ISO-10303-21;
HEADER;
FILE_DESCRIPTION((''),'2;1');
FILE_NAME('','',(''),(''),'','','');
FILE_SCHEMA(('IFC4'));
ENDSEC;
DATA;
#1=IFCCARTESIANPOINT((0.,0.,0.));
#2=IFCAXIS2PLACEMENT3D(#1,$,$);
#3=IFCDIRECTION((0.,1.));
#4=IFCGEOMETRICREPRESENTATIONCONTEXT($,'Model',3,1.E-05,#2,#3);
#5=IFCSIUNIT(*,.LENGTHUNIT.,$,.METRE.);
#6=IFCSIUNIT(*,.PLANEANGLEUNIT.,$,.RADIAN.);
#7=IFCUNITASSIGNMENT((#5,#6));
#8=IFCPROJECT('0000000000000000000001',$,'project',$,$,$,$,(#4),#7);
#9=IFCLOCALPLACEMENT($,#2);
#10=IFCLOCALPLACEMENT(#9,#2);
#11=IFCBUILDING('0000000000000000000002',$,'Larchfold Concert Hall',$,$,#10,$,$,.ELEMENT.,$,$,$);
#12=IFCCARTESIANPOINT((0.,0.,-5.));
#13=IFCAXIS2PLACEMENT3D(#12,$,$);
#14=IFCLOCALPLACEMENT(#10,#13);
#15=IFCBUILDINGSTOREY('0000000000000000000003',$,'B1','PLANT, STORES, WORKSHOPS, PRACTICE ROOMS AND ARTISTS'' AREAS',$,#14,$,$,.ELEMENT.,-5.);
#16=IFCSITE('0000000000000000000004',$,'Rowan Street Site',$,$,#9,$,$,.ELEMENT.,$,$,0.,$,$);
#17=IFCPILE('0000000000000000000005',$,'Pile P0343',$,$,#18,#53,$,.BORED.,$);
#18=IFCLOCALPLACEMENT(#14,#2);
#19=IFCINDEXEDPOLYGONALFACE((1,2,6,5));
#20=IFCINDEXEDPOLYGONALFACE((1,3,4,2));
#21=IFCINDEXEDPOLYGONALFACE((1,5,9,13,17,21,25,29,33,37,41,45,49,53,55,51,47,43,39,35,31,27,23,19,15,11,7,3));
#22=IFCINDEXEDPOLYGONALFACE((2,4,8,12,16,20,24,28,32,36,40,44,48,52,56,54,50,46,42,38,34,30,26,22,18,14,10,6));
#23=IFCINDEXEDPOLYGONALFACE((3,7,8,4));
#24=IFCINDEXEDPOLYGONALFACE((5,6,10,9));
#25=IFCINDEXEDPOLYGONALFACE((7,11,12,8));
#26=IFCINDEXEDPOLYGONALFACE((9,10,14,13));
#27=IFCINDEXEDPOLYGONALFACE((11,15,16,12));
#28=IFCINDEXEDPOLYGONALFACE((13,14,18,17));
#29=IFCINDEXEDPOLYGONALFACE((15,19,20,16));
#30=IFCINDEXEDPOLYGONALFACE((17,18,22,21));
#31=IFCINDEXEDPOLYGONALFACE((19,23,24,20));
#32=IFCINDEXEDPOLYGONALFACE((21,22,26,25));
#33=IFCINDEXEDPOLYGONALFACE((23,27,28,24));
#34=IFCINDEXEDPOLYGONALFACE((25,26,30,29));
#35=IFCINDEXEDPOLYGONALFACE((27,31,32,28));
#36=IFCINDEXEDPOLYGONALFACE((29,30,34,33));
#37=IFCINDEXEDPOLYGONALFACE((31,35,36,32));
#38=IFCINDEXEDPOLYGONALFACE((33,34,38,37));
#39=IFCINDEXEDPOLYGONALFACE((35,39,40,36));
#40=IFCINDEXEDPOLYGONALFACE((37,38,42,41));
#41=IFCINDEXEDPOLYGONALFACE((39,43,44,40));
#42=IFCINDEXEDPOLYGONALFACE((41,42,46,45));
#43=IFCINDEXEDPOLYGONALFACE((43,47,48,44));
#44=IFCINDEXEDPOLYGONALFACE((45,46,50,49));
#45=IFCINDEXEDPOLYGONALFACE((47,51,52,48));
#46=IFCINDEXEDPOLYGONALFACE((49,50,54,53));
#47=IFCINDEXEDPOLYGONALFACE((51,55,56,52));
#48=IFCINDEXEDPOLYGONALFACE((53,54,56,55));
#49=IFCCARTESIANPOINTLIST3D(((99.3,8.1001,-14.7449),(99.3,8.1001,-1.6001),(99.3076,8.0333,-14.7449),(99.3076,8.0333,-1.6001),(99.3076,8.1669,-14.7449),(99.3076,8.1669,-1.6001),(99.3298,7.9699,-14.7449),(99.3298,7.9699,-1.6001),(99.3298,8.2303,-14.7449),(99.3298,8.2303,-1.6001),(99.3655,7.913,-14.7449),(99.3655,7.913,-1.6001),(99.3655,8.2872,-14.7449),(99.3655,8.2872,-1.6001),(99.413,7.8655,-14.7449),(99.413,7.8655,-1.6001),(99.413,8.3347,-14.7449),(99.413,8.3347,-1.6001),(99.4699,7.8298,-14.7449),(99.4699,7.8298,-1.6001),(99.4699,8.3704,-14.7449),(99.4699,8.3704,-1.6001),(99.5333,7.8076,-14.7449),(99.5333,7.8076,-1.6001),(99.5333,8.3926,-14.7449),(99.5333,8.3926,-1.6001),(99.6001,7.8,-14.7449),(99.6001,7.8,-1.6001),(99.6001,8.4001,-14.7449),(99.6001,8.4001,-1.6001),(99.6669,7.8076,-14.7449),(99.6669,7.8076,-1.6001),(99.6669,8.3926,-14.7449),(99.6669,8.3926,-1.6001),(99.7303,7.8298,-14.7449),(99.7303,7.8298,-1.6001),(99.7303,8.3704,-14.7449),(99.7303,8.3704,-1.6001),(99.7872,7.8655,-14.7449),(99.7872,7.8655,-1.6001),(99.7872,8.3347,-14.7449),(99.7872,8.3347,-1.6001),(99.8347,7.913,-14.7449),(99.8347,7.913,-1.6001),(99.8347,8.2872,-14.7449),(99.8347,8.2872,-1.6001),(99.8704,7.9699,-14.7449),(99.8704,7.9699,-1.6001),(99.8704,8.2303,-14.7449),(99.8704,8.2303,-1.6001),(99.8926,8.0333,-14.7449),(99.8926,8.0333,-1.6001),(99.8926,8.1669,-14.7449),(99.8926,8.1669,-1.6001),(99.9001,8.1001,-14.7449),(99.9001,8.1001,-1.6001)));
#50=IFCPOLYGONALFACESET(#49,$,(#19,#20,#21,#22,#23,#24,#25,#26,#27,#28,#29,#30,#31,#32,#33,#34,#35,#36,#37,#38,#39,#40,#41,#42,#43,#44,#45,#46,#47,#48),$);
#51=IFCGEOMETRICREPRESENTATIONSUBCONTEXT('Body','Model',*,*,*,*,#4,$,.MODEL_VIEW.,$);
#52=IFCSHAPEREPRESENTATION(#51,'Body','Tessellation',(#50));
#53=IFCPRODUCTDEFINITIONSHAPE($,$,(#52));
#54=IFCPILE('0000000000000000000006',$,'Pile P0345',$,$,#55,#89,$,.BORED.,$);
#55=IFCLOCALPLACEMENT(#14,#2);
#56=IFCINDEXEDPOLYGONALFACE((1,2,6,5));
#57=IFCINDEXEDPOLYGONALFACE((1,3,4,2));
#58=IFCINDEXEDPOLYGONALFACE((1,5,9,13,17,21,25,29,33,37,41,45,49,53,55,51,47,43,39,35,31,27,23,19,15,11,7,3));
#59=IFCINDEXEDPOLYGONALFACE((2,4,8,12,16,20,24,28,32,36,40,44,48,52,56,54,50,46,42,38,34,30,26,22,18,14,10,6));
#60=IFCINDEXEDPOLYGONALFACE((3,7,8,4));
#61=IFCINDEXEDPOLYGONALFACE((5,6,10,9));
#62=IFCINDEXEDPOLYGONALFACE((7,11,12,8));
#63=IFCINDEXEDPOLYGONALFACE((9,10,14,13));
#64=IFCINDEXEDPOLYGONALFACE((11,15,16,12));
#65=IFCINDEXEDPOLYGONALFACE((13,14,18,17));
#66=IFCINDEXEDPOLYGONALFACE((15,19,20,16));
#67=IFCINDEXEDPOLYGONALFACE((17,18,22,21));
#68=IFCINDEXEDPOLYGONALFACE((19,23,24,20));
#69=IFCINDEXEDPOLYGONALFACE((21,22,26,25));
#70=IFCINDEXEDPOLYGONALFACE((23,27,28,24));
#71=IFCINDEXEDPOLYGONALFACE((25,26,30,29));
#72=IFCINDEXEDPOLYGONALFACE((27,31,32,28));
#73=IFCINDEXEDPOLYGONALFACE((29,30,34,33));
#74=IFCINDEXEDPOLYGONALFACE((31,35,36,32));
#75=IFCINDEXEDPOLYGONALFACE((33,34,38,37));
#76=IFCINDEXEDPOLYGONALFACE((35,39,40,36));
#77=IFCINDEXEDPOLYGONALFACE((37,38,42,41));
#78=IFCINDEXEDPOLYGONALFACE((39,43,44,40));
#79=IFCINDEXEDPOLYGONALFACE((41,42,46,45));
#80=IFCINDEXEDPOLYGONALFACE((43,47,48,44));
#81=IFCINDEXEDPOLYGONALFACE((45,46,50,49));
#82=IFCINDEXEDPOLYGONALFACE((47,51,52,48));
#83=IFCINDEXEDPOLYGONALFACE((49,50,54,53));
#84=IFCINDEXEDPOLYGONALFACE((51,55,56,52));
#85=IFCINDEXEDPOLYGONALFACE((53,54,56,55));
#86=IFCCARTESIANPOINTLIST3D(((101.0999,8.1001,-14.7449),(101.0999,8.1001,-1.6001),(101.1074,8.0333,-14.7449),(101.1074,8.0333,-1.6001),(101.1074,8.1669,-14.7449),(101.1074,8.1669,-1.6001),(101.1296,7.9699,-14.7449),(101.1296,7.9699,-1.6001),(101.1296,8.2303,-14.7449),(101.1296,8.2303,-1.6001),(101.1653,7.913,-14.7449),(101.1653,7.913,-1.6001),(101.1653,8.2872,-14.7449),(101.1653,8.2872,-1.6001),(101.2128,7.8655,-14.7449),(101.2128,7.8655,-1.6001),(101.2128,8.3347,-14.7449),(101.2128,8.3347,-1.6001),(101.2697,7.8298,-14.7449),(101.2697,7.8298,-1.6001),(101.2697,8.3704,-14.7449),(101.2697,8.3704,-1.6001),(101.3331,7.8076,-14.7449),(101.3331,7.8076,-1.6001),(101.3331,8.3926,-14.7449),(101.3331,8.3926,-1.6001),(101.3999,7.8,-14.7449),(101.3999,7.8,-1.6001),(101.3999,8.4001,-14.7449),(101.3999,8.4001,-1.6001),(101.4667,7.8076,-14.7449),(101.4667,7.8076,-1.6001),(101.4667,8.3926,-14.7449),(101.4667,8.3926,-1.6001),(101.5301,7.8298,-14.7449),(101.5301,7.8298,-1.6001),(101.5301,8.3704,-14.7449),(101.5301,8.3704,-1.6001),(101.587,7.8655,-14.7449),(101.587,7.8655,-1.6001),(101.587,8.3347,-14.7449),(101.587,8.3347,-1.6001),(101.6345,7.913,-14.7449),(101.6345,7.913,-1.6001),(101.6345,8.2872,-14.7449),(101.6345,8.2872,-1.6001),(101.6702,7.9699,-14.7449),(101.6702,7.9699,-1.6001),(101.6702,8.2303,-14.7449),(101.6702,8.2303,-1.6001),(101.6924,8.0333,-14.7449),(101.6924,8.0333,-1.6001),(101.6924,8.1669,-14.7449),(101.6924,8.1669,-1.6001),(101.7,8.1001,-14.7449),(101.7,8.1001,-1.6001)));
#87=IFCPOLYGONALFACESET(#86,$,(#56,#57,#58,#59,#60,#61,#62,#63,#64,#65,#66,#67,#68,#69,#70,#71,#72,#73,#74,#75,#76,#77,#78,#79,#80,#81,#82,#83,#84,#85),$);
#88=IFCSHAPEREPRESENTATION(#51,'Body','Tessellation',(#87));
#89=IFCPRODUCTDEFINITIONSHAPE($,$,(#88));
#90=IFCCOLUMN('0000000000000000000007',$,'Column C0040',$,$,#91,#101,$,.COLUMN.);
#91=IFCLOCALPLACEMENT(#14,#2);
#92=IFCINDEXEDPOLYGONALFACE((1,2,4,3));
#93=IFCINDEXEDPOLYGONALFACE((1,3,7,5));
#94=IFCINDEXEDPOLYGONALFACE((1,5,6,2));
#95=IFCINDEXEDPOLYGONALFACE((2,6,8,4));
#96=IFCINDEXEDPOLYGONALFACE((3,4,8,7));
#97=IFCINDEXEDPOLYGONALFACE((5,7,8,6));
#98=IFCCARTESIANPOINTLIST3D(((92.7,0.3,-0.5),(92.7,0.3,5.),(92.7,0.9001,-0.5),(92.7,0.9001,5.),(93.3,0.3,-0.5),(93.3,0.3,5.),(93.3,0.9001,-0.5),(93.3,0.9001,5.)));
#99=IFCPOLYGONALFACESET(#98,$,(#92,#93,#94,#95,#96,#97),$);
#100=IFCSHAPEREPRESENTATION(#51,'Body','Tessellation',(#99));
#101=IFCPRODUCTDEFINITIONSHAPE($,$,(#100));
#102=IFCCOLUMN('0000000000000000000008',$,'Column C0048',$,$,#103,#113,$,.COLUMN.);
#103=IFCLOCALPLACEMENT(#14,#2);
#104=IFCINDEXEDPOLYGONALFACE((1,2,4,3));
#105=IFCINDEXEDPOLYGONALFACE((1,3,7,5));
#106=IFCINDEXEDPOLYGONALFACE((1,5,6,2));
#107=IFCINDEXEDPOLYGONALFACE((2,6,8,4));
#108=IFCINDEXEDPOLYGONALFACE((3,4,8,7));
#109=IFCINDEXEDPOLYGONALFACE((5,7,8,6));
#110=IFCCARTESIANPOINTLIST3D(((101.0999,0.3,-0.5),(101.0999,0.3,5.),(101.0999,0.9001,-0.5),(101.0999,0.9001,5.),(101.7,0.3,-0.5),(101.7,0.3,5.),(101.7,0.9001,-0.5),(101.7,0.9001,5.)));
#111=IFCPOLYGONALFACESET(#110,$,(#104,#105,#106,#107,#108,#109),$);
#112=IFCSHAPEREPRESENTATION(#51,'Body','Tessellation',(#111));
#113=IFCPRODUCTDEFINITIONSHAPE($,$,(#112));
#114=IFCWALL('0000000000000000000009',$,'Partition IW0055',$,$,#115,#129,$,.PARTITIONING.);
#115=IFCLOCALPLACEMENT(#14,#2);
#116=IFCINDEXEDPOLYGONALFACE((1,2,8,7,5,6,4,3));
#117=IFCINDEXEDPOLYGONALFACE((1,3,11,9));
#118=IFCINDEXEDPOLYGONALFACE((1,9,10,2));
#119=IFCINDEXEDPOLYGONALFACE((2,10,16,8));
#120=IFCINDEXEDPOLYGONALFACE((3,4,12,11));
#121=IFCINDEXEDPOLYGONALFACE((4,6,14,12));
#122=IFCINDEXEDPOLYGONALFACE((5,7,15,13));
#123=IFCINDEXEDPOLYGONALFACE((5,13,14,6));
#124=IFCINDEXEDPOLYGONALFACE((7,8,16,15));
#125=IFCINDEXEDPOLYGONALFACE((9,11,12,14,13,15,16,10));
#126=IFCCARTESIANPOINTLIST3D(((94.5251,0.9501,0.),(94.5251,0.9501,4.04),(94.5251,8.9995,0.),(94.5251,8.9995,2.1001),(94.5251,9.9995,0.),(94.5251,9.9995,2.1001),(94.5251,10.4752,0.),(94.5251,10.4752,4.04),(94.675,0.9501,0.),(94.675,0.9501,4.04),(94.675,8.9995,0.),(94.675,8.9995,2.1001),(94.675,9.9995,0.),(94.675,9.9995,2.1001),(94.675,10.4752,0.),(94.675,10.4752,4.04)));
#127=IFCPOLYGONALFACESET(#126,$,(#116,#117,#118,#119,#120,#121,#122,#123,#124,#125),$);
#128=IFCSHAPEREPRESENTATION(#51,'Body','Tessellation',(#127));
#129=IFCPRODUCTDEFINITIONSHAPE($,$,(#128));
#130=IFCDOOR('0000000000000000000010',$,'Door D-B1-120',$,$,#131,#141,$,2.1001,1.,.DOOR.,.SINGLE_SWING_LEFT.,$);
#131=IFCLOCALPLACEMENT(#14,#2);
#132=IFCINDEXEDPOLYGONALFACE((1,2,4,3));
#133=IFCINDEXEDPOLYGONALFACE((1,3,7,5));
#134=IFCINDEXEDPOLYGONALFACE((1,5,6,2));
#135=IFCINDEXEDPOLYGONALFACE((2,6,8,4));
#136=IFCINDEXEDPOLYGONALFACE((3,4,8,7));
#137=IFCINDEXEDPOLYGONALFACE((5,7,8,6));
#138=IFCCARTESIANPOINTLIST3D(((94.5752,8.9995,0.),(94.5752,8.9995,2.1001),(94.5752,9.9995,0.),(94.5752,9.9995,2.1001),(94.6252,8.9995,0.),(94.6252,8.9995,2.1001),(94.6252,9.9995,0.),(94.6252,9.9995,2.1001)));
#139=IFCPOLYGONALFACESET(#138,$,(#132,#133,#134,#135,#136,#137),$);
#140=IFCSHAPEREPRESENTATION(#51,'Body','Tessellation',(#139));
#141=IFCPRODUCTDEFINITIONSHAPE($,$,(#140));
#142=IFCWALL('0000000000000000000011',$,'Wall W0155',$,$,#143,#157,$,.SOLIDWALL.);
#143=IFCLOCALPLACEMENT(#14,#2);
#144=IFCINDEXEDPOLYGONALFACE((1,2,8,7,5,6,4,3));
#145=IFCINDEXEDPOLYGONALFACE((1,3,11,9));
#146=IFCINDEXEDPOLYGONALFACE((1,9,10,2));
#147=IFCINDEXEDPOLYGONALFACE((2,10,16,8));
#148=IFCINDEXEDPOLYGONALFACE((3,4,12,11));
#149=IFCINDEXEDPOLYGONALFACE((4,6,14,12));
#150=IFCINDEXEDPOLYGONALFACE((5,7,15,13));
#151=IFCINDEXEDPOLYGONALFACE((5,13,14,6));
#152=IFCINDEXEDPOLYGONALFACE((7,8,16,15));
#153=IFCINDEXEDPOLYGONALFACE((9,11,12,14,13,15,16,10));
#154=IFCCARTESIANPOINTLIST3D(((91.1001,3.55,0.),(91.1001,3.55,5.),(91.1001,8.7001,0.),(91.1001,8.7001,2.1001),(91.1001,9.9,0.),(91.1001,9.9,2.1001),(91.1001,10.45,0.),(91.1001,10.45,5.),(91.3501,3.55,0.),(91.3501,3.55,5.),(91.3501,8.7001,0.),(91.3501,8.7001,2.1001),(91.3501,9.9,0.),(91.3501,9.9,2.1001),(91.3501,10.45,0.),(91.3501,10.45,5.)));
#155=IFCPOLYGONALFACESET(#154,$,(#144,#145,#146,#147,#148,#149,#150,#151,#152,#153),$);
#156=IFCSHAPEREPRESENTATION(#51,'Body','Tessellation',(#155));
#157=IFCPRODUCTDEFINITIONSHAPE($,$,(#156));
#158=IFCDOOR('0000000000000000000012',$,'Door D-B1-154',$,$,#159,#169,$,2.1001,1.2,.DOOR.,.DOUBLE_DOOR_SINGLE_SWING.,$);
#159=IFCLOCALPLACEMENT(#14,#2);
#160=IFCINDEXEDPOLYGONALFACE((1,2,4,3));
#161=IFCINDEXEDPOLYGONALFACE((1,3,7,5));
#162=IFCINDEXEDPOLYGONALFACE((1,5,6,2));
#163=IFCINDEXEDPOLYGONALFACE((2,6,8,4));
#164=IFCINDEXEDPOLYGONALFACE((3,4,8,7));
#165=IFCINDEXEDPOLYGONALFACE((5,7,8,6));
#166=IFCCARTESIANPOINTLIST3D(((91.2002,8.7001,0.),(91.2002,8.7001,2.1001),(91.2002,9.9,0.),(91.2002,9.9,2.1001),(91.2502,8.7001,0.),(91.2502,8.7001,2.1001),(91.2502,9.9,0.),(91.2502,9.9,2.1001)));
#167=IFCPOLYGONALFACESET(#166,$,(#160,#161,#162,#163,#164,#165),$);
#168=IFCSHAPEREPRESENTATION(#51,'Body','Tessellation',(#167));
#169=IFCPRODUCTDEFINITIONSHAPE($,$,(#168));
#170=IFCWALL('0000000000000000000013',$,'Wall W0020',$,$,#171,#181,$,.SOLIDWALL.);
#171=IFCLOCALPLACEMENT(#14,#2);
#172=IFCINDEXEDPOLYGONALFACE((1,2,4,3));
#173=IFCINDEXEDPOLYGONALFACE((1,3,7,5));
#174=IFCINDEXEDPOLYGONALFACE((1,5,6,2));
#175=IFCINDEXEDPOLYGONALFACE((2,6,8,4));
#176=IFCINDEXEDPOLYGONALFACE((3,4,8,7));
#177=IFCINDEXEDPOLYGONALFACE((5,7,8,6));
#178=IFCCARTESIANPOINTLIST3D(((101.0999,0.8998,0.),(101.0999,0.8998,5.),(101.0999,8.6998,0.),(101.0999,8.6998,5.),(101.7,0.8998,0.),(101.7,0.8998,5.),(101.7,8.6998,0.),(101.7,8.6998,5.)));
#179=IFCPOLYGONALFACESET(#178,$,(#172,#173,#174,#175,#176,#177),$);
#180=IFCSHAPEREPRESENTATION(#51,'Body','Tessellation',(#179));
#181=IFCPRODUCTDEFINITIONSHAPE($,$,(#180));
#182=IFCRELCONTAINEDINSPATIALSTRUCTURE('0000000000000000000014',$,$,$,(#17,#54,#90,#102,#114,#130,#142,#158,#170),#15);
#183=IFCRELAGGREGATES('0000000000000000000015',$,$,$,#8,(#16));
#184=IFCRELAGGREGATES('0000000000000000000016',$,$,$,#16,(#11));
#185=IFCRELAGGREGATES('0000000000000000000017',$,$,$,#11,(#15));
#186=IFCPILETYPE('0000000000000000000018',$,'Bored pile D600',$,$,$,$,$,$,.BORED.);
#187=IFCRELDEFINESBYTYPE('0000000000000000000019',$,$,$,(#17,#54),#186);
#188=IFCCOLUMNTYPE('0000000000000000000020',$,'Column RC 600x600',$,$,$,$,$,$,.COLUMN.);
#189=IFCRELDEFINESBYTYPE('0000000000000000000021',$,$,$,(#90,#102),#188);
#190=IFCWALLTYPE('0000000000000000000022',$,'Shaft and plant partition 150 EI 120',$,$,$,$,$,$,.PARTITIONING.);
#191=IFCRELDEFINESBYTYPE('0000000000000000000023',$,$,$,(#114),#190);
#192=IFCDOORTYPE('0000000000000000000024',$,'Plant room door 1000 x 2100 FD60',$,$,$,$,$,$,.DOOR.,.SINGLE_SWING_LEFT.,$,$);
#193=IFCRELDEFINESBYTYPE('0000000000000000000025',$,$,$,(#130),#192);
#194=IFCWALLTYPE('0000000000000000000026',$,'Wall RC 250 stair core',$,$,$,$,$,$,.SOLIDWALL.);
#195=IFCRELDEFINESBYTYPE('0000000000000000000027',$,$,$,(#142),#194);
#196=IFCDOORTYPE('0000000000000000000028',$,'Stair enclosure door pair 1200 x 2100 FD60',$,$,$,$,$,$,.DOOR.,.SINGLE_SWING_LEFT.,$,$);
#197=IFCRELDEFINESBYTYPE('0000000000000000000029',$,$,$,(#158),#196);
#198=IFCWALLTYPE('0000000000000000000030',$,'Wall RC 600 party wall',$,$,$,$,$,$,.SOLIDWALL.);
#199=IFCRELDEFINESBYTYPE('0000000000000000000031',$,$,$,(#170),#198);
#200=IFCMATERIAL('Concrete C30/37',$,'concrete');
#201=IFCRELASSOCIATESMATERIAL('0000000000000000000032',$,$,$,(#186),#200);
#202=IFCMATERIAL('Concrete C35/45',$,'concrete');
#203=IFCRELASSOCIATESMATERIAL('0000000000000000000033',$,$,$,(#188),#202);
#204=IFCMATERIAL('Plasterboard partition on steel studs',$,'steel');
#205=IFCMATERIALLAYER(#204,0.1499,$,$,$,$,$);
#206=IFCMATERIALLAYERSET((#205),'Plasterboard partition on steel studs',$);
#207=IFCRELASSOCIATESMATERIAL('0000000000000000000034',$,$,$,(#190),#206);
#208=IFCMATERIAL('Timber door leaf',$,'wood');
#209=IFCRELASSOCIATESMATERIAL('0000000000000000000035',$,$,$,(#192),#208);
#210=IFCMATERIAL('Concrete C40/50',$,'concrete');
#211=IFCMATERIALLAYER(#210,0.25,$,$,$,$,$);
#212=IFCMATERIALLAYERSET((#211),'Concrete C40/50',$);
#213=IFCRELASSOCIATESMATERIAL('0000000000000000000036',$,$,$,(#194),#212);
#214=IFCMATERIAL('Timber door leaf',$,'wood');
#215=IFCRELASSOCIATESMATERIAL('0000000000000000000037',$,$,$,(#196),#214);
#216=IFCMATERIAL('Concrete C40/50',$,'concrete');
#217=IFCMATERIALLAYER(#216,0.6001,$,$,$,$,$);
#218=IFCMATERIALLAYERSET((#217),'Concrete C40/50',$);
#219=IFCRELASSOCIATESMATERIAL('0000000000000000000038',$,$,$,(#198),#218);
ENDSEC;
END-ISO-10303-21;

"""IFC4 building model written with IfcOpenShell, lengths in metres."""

from ifc_helpers import new_model, si_unit, direction, frame, frame_2d, origin, origin_2d, place, context, subcontext, project, spatial, rectangle, circle, extrude, material, layer, layer_set, material_profile, profile_set, type_object, element, fill, save


model = new_model("IFC4")

# Units and contexts
model_context = context("Model", 3, precision=1e-05, world=origin(), true_north=direction((0.0, 1.0)))
body_context = subcontext(model_context, "Body", "Model", "MODEL_VIEW")
ifc_project = project(units=[si_unit("LENGTHUNIT", "METRE"), si_unit("PLANEANGLEUNIT", "RADIAN")], contexts=[model_context])

# Site, building, storey
site_placement = place(None, origin())
site = spatial("IfcSite", under=ifc_project, at=site_placement, Name="Rowan Street Site", CompositionType="ELEMENT", RefElevation=0.0)
building_placement = place(site_placement, origin())
building = spatial("IfcBuilding", under=site, at=building_placement, Name="Larchfold Concert Hall", CompositionType="ELEMENT")
storey_placement = place(building_placement, frame((0.0, 0.0, -5.0)))
storey = spatial("IfcBuildingStorey", under=building, at=storey_placement, Name="B1", Description="PLANT, STORES, WORKSHOPS, PRACTICE ROOMS AND ARTISTS' AREAS", CompositionType="ELEMENT", Elevation=-5.0)

# Piles
ifc_material_1 = material(Name="Concrete C30/37", Category="concrete")
ifc_material_profile_1 = material_profile(ifc_material_1, circle(Radius=0.3, at=origin_2d()))
ifc_profile_set_1 = profile_set([ifc_material_profile_1], Name="Concrete C30/37")
pile_type = type_object("IfcPileType", Name="Bored pile D600", PredefinedType="BORED", material=ifc_profile_set_1)
for number, where, z_axis, x_axis, name in (
    (1, (99.6001, 8.1001, -1.6001), (0.0, 0.0, -1.0), (1.0, 0.0, 0.0), "Pile P0343"),
    (2, (101.3999, 8.1001, -1.6001), (0.0, 0.0, -1.0), (1.0, 0.0, 0.0), "Pile P0345"),
):
    element("IfcPile", number, at=place(storey_placement, frame(where, z_axis=z_axis, x_axis=x_axis)), inside=storey, type_object=pile_type, Name=name, PredefinedType="BORED", context=body_context, shape_type="SweptSolid", body=[
        extrude(circle(Radius=0.3, at=origin_2d()), origin(), (0.0, 0.0, 1.0), 13.1448),
    ])

# Columns
ifc_material_2 = material(Name="Concrete C35/45", Category="concrete")
ifc_material_profile_2 = material_profile(ifc_material_2, rectangle(XDim=0.6001, YDim=0.6001, at=origin_2d()))
ifc_profile_set_2 = profile_set([ifc_material_profile_2], Name="Concrete C35/45")
column_type = type_object("IfcColumnType", Name="Column RC 600x600", PredefinedType="COLUMN", material=ifc_profile_set_2)
for number, where, z_axis, x_axis, name in (
    (3, (93.0, 0.6001, -0.5), (0.0, 0.0, 1.0), (1.0, 0.0, 0.0), "Column C0040"),
    (4, (101.3999, 0.6001, -0.5), (0.0, 0.0, 1.0), (1.0, 0.0, 0.0), "Column C0048"),
):
    element("IfcColumn", number, at=place(storey_placement, frame(where, z_axis=z_axis, x_axis=x_axis)), inside=storey, type_object=column_type, Name=name, PredefinedType="COLUMN", context=body_context, shape_type="SweptSolid", body=[
        extrude(rectangle(XDim=0.6001, YDim=0.6001, at=origin_2d()), origin(), (0.0, 0.0, 1.0), 5.5),
    ])

# Walls, openings, doors
ifc_material_3 = material(Name="Plasterboard partition on steel studs", Category="steel")
ifc_layer_1 = layer(ifc_material_3, 0.1499)
ifc_layer_set_1 = layer_set([ifc_layer_1], Name="Plasterboard partition on steel studs")
wall_type_1 = type_object("IfcWallType", Name="Shaft and plant partition 150 EI 120", PredefinedType="PARTITIONING", material=ifc_layer_set_1)
wall_1_placement = place(storey_placement, frame((94.6001, 0.95, 0.0), z_axis=(0.0, 0.0, 1.0), x_axis=(0.0, 1.0, 0.0)))
wall_1 = element("IfcWall", 5, at=wall_1_placement, inside=storey, type_object=wall_type_1, Name="Partition IW0055", PredefinedType="PARTITIONING", context=body_context, shape_type="SweptSolid", body=[
    extrude(rectangle(XDim=9.5251, YDim=0.1499, at=frame_2d((4.7627, 0.0))), origin(), (0.0, 0.0, 1.0), 4.04),
])
opening_1_placement = place(wall_1_placement, frame((8.0496, 0.0, 0.0)))
opening_1 = element("IfcOpeningElement", 6, at=opening_1_placement, cuts=wall_1, PredefinedType="OPENING", context=body_context, shape_type="SweptSolid", body=[
    extrude(rectangle(XDim=1.0, YDim=2.1001, at=frame_2d((0.5, 1.05))), frame((0.0, 0.085, 0.0), z_axis=(0.0, -1.0, 0.0), x_axis=(1.0, 0.0, 0.0)), (0.0, 0.0, 1.0), 0.1699),
])
ifc_material_4 = material(Name="Timber door leaf", Category="wood")
door_type_1 = type_object("IfcDoorType", Name="Plant room door 1000 x 2100 FD60", OperationType="SINGLE_SWING_LEFT", PredefinedType="DOOR", material=ifc_material_4)
door_1_placement = place(opening_1_placement, origin())
door_1 = element("IfcDoor", 7, at=door_1_placement, inside=storey, type_object=door_type_1, Name="Door D-B1-120", OperationType="SINGLE_SWING_LEFT", OverallHeight=2.1001, OverallWidth=1.0, PredefinedType="DOOR", context=body_context, shape_type="SweptSolid", body=[
    extrude(rectangle(XDim=1.0, YDim=2.1001, at=frame_2d((0.5, 1.05))), frame((0.0, 0.0249, 0.0), z_axis=(0.0, -1.0, 0.0), x_axis=(1.0, 0.0, 0.0)), (0.0, 0.0, 1.0), 0.05),
])
fill(opening_1, door_1)
ifc_material_5 = material(Name="Concrete C40/50", Category="concrete")
ifc_layer_2 = layer(ifc_material_5, 0.25)
ifc_layer_set_2 = layer_set([ifc_layer_2], Name="Concrete C40/50")
wall_type_2 = type_object("IfcWallType", Name="Wall RC 250 stair core", PredefinedType="SOLIDWALL", material=ifc_layer_set_2)
wall_2_placement = place(storey_placement, frame((91.2251, 3.55, 0.0), z_axis=(0.0, 0.0, 1.0), x_axis=(0.0, 1.0, 0.0)))
wall_2 = element("IfcWall", 8, at=wall_2_placement, inside=storey, type_object=wall_type_2, Name="Wall W0155", PredefinedType="SOLIDWALL", context=body_context, shape_type="SweptSolid", body=[
    extrude(rectangle(XDim=6.8999, YDim=0.25, at=frame_2d((3.45, 0.0))), origin(), (0.0, 0.0, 1.0), 5.0),
])
opening_2_placement = place(wall_2_placement, frame((5.1499, 0.0, 0.0)))
opening_2 = element("IfcOpeningElement", 9, at=opening_2_placement, cuts=wall_2, PredefinedType="OPENING", context=body_context, shape_type="SweptSolid", body=[
    extrude(rectangle(XDim=1.2, YDim=2.1001, at=frame_2d((0.6001, 1.05))), frame((0.0, 0.135, 0.0), z_axis=(0.0, -1.0, 0.0), x_axis=(1.0, 0.0, 0.0)), (0.0, 0.0, 1.0), 0.27),
])
ifc_material_6 = material(Name="Timber door leaf", Category="wood")
door_type_2 = type_object("IfcDoorType", Name="Stair enclosure door pair 1200 x 2100 FD60", OperationType="SINGLE_SWING_LEFT", PredefinedType="DOOR", material=ifc_material_6)
door_2_placement = place(opening_2_placement, origin())
door_2 = element("IfcDoor", 10, at=door_2_placement, inside=storey, type_object=door_type_2, Name="Door D-B1-154", OperationType="DOUBLE_DOOR_SINGLE_SWING", OverallHeight=2.1001, OverallWidth=1.2, PredefinedType="DOOR", context=body_context, shape_type="SweptSolid", body=[
    extrude(rectangle(XDim=1.2, YDim=2.1001, at=frame_2d((0.6001, 1.05))), frame((0.0, 0.0249, 0.0), z_axis=(0.0, -1.0, 0.0), x_axis=(1.0, 0.0, 0.0)), (0.0, 0.0, 1.0), 0.05),
])
fill(opening_2, door_2)

# Wall
ifc_material_7 = material(Name="Concrete C40/50", Category="concrete")
ifc_layer_3 = layer(ifc_material_7, 0.6001)
ifc_layer_set_3 = layer_set([ifc_layer_3], Name="Concrete C40/50")
wall_type_3 = type_object("IfcWallType", Name="Wall RC 600 party wall", PredefinedType="SOLIDWALL", material=ifc_layer_set_3)
wall_3_placement = place(storey_placement, frame((101.3999, 0.8999, 0.0), z_axis=(0.0, 0.0, 1.0), x_axis=(0.0, 1.0, 0.0)))
element("IfcWall", 11, at=wall_3_placement, inside=storey, type_object=wall_type_3, Name="Wall W0020", PredefinedType="SOLIDWALL", context=body_context, shape_type="SweptSolid", body=[
    extrude(rectangle(XDim=7.8, YDim=0.6001, at=frame_2d((3.8999, 0.0))), origin(), (0.0, 0.0, 1.0), 5.0),
])

save(model, "model.ifc")
